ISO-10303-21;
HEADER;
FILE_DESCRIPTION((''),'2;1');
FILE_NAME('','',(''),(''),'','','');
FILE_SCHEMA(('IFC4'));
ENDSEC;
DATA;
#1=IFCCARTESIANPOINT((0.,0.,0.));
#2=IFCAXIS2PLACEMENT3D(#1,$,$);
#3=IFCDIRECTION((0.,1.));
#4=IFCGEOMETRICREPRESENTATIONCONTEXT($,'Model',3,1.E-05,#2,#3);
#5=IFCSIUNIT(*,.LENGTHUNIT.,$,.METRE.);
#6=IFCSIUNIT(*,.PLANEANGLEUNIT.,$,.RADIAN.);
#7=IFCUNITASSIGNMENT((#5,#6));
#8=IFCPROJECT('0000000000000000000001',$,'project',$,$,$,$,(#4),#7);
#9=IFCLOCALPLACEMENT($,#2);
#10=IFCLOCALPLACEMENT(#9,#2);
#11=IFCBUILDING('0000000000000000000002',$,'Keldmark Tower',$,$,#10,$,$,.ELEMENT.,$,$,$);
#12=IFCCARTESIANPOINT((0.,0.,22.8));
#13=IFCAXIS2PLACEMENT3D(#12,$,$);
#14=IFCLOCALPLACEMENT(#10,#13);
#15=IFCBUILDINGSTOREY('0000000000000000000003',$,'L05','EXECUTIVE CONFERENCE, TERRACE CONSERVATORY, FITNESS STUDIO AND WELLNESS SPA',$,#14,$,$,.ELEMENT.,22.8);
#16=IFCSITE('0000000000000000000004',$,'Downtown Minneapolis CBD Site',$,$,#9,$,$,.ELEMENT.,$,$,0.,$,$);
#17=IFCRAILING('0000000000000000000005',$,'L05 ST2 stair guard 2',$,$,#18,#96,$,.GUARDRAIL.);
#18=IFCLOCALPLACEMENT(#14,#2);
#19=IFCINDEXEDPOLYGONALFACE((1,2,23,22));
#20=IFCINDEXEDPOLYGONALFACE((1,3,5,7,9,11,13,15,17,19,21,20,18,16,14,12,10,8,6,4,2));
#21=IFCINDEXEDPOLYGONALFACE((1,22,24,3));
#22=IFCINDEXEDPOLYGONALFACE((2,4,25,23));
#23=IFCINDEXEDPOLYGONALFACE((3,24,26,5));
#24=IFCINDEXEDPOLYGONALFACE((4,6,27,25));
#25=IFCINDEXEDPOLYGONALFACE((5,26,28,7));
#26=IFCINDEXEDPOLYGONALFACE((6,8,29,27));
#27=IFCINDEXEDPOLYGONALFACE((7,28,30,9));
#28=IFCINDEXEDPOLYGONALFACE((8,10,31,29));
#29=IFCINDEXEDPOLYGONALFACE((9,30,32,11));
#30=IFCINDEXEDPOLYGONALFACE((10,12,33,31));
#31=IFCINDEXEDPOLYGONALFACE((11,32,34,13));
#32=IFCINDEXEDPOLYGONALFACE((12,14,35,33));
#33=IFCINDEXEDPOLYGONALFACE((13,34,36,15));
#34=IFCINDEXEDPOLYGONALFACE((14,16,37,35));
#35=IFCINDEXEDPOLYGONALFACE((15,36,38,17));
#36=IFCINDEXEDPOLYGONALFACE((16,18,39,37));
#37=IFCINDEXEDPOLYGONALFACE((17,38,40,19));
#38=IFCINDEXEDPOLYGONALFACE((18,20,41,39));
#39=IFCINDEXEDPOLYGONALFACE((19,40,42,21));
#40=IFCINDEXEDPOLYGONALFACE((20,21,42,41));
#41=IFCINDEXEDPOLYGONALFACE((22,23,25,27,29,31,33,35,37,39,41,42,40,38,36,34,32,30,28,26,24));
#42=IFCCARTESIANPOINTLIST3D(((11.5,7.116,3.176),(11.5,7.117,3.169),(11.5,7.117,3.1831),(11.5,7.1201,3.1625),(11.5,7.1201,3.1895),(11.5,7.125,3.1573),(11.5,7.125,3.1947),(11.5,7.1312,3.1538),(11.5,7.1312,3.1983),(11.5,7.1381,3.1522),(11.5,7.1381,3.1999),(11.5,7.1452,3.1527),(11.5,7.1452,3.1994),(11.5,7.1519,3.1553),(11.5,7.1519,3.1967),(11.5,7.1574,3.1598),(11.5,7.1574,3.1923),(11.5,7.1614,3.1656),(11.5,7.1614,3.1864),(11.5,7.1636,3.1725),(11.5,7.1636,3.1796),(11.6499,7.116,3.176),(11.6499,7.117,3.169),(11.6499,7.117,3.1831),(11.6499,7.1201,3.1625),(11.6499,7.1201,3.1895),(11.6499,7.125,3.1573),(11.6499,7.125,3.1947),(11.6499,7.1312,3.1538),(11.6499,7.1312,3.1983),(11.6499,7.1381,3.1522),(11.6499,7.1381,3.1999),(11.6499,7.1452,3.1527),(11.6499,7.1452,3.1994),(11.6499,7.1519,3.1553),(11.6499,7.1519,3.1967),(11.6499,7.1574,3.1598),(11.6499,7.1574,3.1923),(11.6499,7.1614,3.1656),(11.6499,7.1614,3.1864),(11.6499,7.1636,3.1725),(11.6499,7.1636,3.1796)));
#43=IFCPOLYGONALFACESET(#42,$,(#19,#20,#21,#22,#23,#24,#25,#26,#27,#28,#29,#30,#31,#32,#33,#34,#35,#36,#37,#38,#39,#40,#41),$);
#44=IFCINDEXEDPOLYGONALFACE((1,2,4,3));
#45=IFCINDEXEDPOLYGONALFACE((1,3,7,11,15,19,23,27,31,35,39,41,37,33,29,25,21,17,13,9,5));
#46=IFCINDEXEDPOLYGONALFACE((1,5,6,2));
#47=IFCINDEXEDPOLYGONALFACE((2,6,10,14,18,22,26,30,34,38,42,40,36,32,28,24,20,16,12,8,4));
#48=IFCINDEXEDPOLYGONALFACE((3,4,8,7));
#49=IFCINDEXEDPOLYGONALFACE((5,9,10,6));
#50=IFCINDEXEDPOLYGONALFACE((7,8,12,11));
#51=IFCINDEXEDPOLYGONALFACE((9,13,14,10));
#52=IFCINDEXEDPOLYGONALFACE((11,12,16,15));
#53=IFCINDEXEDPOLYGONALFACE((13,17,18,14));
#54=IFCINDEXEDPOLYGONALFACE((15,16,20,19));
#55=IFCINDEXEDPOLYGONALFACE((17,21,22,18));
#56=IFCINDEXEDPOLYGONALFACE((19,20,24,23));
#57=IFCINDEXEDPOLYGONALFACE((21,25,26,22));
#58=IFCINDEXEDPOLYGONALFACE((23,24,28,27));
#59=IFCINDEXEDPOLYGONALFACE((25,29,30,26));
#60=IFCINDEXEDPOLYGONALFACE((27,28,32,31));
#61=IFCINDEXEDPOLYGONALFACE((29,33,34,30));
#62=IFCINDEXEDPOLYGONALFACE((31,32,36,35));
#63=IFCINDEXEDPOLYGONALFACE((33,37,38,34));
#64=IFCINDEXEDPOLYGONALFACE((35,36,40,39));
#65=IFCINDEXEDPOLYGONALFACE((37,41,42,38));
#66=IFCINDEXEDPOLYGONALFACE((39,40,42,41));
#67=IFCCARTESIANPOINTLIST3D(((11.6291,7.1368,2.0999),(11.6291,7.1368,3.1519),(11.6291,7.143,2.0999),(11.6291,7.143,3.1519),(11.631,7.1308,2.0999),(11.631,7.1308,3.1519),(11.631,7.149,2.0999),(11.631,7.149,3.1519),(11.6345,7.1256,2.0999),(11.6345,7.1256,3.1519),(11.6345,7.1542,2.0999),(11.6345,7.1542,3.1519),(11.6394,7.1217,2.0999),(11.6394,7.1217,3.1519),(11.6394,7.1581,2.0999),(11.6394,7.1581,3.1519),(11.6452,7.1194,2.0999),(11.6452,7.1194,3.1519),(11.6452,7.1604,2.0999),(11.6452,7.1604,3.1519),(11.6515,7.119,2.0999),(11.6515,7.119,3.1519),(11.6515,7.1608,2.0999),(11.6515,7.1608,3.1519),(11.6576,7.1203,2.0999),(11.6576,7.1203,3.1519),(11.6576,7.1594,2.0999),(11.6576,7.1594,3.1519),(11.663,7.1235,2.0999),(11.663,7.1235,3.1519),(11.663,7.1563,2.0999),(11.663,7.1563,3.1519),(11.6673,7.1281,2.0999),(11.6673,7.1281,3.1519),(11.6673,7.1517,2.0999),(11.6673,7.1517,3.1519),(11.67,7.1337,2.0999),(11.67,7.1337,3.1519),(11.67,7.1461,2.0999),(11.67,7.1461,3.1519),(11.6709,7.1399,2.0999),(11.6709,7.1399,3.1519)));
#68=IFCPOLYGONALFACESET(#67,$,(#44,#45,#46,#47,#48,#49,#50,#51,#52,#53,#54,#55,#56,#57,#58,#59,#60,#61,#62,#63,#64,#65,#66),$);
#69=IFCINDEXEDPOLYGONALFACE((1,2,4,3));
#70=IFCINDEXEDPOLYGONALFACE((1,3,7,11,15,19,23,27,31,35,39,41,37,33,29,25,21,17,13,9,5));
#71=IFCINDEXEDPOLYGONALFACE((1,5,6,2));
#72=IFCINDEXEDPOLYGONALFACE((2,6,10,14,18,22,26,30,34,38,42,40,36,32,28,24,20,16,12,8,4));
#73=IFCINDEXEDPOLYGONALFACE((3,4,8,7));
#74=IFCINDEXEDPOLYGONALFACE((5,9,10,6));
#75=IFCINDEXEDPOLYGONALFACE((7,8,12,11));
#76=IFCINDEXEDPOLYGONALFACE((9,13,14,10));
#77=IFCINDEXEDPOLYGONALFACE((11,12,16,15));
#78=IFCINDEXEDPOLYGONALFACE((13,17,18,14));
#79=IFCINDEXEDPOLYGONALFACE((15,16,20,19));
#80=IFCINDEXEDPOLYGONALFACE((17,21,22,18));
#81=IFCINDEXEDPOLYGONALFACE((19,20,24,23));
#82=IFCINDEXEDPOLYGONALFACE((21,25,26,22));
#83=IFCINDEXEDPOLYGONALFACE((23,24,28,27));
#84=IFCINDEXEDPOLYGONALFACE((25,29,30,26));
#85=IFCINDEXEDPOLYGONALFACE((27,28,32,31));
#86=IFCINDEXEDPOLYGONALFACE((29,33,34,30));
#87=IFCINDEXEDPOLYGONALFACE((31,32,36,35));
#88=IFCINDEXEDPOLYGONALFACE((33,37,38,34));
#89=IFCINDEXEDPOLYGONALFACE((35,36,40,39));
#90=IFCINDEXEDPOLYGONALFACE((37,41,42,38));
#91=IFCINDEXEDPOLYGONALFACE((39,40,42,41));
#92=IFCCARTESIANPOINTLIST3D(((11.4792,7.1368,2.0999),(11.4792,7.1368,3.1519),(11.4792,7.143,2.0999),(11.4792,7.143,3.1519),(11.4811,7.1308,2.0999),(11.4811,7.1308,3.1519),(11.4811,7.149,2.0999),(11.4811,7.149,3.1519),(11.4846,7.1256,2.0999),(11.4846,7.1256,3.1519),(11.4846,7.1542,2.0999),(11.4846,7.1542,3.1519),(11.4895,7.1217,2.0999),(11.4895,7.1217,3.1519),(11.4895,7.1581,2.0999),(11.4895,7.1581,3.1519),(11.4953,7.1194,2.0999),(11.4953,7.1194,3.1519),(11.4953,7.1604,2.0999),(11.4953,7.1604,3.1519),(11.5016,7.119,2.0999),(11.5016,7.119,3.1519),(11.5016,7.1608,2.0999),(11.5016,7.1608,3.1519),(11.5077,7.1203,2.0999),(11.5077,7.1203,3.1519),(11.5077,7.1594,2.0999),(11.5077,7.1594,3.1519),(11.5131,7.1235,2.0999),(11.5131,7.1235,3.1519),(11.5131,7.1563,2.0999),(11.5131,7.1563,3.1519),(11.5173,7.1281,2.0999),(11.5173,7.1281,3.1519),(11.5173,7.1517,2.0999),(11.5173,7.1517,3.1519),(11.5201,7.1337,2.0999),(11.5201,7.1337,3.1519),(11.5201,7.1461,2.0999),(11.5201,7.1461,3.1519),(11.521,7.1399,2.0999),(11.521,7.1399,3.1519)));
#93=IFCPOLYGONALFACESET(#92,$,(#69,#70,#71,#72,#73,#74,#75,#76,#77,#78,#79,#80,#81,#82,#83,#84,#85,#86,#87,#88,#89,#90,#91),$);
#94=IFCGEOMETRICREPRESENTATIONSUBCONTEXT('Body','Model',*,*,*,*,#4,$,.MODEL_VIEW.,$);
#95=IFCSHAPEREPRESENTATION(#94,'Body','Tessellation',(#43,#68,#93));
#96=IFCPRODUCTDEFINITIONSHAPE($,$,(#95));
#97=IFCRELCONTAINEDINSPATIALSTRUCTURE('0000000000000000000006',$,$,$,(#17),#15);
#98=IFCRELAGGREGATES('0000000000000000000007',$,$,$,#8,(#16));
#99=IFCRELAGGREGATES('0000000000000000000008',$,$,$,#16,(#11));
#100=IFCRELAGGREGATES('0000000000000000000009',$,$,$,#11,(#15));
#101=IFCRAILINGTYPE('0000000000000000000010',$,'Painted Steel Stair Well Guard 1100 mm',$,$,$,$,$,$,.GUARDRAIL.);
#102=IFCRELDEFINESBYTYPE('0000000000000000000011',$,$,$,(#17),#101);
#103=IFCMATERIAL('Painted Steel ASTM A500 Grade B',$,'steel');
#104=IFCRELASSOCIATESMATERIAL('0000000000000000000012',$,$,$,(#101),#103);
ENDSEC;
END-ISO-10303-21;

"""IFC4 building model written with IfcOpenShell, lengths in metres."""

from ifc_helpers import new_model, si_unit, direction, frame, origin, origin_2d, place, context, subcontext, project, spatial, circle, extrude, material, type_object, element, save


model = new_model("IFC4")

# Units and contexts
model_context = context("Model", 3, precision=1e-05, world=origin(), true_north=direction((0.0, 1.0)))
body_context = subcontext(model_context, "Body", "Model", "MODEL_VIEW")
ifc_project = project(units=[si_unit("LENGTHUNIT", "METRE"), si_unit("PLANEANGLEUNIT", "RADIAN")], contexts=[model_context])

# Site, building, storey
site_placement = place(None, origin())
site = spatial("IfcSite", under=ifc_project, at=site_placement, Name="Downtown Minneapolis CBD Site", CompositionType="ELEMENT", RefElevation=0.0)
building_placement = place(site_placement, origin())
building = spatial("IfcBuilding", under=site, at=building_placement, Name="Keldmark Tower", CompositionType="ELEMENT")
storey_placement = place(building_placement, frame((0.0, 0.0, 22.8)))
storey = spatial("IfcBuildingStorey", under=building, at=storey_placement, Name="L05", Description="EXECUTIVE CONFERENCE, TERRACE CONSERVATORY, FITNESS STUDIO AND WELLNESS SPA", CompositionType="ELEMENT", Elevation=22.8)

# Railing
ifc_material_1 = material(Name="Painted Steel ASTM A500 Grade B", Category="steel")
railing_type_1 = type_object("IfcRailingType", Name="Painted Steel Stair Well Guard 1100 mm", PredefinedType="GUARDRAIL", material=ifc_material_1)
railing_1_placement = place(storey_placement, frame((11.6499, 7.1399, 2.0999)))
element("IfcRailing", 1, at=railing_1_placement, inside=storey, type_object=railing_type_1, Name="L05 ST2 stair guard 2", PredefinedType="GUARDRAIL", context=body_context, shape_type="SweptSolid", body=[
    extrude(circle(Radius=0.0239, at=origin_2d()), frame((0.0, 0.0, 1.0762), z_axis=(-1.0, 0.0, 0.0), x_axis=(0.0, -1.0, 0.0)), (0.0, 0.0, 1.0), 0.1499),
    extrude(circle(Radius=0.021, at=origin_2d()), origin(), (0.0, 0.0, 1.0), 1.052),
    extrude(circle(Radius=0.021, at=origin_2d()), frame((-0.1499, 0.0, 0.0)), (0.0, 0.0, 1.0), 1.052),
])

save(model, "model.ifc")
